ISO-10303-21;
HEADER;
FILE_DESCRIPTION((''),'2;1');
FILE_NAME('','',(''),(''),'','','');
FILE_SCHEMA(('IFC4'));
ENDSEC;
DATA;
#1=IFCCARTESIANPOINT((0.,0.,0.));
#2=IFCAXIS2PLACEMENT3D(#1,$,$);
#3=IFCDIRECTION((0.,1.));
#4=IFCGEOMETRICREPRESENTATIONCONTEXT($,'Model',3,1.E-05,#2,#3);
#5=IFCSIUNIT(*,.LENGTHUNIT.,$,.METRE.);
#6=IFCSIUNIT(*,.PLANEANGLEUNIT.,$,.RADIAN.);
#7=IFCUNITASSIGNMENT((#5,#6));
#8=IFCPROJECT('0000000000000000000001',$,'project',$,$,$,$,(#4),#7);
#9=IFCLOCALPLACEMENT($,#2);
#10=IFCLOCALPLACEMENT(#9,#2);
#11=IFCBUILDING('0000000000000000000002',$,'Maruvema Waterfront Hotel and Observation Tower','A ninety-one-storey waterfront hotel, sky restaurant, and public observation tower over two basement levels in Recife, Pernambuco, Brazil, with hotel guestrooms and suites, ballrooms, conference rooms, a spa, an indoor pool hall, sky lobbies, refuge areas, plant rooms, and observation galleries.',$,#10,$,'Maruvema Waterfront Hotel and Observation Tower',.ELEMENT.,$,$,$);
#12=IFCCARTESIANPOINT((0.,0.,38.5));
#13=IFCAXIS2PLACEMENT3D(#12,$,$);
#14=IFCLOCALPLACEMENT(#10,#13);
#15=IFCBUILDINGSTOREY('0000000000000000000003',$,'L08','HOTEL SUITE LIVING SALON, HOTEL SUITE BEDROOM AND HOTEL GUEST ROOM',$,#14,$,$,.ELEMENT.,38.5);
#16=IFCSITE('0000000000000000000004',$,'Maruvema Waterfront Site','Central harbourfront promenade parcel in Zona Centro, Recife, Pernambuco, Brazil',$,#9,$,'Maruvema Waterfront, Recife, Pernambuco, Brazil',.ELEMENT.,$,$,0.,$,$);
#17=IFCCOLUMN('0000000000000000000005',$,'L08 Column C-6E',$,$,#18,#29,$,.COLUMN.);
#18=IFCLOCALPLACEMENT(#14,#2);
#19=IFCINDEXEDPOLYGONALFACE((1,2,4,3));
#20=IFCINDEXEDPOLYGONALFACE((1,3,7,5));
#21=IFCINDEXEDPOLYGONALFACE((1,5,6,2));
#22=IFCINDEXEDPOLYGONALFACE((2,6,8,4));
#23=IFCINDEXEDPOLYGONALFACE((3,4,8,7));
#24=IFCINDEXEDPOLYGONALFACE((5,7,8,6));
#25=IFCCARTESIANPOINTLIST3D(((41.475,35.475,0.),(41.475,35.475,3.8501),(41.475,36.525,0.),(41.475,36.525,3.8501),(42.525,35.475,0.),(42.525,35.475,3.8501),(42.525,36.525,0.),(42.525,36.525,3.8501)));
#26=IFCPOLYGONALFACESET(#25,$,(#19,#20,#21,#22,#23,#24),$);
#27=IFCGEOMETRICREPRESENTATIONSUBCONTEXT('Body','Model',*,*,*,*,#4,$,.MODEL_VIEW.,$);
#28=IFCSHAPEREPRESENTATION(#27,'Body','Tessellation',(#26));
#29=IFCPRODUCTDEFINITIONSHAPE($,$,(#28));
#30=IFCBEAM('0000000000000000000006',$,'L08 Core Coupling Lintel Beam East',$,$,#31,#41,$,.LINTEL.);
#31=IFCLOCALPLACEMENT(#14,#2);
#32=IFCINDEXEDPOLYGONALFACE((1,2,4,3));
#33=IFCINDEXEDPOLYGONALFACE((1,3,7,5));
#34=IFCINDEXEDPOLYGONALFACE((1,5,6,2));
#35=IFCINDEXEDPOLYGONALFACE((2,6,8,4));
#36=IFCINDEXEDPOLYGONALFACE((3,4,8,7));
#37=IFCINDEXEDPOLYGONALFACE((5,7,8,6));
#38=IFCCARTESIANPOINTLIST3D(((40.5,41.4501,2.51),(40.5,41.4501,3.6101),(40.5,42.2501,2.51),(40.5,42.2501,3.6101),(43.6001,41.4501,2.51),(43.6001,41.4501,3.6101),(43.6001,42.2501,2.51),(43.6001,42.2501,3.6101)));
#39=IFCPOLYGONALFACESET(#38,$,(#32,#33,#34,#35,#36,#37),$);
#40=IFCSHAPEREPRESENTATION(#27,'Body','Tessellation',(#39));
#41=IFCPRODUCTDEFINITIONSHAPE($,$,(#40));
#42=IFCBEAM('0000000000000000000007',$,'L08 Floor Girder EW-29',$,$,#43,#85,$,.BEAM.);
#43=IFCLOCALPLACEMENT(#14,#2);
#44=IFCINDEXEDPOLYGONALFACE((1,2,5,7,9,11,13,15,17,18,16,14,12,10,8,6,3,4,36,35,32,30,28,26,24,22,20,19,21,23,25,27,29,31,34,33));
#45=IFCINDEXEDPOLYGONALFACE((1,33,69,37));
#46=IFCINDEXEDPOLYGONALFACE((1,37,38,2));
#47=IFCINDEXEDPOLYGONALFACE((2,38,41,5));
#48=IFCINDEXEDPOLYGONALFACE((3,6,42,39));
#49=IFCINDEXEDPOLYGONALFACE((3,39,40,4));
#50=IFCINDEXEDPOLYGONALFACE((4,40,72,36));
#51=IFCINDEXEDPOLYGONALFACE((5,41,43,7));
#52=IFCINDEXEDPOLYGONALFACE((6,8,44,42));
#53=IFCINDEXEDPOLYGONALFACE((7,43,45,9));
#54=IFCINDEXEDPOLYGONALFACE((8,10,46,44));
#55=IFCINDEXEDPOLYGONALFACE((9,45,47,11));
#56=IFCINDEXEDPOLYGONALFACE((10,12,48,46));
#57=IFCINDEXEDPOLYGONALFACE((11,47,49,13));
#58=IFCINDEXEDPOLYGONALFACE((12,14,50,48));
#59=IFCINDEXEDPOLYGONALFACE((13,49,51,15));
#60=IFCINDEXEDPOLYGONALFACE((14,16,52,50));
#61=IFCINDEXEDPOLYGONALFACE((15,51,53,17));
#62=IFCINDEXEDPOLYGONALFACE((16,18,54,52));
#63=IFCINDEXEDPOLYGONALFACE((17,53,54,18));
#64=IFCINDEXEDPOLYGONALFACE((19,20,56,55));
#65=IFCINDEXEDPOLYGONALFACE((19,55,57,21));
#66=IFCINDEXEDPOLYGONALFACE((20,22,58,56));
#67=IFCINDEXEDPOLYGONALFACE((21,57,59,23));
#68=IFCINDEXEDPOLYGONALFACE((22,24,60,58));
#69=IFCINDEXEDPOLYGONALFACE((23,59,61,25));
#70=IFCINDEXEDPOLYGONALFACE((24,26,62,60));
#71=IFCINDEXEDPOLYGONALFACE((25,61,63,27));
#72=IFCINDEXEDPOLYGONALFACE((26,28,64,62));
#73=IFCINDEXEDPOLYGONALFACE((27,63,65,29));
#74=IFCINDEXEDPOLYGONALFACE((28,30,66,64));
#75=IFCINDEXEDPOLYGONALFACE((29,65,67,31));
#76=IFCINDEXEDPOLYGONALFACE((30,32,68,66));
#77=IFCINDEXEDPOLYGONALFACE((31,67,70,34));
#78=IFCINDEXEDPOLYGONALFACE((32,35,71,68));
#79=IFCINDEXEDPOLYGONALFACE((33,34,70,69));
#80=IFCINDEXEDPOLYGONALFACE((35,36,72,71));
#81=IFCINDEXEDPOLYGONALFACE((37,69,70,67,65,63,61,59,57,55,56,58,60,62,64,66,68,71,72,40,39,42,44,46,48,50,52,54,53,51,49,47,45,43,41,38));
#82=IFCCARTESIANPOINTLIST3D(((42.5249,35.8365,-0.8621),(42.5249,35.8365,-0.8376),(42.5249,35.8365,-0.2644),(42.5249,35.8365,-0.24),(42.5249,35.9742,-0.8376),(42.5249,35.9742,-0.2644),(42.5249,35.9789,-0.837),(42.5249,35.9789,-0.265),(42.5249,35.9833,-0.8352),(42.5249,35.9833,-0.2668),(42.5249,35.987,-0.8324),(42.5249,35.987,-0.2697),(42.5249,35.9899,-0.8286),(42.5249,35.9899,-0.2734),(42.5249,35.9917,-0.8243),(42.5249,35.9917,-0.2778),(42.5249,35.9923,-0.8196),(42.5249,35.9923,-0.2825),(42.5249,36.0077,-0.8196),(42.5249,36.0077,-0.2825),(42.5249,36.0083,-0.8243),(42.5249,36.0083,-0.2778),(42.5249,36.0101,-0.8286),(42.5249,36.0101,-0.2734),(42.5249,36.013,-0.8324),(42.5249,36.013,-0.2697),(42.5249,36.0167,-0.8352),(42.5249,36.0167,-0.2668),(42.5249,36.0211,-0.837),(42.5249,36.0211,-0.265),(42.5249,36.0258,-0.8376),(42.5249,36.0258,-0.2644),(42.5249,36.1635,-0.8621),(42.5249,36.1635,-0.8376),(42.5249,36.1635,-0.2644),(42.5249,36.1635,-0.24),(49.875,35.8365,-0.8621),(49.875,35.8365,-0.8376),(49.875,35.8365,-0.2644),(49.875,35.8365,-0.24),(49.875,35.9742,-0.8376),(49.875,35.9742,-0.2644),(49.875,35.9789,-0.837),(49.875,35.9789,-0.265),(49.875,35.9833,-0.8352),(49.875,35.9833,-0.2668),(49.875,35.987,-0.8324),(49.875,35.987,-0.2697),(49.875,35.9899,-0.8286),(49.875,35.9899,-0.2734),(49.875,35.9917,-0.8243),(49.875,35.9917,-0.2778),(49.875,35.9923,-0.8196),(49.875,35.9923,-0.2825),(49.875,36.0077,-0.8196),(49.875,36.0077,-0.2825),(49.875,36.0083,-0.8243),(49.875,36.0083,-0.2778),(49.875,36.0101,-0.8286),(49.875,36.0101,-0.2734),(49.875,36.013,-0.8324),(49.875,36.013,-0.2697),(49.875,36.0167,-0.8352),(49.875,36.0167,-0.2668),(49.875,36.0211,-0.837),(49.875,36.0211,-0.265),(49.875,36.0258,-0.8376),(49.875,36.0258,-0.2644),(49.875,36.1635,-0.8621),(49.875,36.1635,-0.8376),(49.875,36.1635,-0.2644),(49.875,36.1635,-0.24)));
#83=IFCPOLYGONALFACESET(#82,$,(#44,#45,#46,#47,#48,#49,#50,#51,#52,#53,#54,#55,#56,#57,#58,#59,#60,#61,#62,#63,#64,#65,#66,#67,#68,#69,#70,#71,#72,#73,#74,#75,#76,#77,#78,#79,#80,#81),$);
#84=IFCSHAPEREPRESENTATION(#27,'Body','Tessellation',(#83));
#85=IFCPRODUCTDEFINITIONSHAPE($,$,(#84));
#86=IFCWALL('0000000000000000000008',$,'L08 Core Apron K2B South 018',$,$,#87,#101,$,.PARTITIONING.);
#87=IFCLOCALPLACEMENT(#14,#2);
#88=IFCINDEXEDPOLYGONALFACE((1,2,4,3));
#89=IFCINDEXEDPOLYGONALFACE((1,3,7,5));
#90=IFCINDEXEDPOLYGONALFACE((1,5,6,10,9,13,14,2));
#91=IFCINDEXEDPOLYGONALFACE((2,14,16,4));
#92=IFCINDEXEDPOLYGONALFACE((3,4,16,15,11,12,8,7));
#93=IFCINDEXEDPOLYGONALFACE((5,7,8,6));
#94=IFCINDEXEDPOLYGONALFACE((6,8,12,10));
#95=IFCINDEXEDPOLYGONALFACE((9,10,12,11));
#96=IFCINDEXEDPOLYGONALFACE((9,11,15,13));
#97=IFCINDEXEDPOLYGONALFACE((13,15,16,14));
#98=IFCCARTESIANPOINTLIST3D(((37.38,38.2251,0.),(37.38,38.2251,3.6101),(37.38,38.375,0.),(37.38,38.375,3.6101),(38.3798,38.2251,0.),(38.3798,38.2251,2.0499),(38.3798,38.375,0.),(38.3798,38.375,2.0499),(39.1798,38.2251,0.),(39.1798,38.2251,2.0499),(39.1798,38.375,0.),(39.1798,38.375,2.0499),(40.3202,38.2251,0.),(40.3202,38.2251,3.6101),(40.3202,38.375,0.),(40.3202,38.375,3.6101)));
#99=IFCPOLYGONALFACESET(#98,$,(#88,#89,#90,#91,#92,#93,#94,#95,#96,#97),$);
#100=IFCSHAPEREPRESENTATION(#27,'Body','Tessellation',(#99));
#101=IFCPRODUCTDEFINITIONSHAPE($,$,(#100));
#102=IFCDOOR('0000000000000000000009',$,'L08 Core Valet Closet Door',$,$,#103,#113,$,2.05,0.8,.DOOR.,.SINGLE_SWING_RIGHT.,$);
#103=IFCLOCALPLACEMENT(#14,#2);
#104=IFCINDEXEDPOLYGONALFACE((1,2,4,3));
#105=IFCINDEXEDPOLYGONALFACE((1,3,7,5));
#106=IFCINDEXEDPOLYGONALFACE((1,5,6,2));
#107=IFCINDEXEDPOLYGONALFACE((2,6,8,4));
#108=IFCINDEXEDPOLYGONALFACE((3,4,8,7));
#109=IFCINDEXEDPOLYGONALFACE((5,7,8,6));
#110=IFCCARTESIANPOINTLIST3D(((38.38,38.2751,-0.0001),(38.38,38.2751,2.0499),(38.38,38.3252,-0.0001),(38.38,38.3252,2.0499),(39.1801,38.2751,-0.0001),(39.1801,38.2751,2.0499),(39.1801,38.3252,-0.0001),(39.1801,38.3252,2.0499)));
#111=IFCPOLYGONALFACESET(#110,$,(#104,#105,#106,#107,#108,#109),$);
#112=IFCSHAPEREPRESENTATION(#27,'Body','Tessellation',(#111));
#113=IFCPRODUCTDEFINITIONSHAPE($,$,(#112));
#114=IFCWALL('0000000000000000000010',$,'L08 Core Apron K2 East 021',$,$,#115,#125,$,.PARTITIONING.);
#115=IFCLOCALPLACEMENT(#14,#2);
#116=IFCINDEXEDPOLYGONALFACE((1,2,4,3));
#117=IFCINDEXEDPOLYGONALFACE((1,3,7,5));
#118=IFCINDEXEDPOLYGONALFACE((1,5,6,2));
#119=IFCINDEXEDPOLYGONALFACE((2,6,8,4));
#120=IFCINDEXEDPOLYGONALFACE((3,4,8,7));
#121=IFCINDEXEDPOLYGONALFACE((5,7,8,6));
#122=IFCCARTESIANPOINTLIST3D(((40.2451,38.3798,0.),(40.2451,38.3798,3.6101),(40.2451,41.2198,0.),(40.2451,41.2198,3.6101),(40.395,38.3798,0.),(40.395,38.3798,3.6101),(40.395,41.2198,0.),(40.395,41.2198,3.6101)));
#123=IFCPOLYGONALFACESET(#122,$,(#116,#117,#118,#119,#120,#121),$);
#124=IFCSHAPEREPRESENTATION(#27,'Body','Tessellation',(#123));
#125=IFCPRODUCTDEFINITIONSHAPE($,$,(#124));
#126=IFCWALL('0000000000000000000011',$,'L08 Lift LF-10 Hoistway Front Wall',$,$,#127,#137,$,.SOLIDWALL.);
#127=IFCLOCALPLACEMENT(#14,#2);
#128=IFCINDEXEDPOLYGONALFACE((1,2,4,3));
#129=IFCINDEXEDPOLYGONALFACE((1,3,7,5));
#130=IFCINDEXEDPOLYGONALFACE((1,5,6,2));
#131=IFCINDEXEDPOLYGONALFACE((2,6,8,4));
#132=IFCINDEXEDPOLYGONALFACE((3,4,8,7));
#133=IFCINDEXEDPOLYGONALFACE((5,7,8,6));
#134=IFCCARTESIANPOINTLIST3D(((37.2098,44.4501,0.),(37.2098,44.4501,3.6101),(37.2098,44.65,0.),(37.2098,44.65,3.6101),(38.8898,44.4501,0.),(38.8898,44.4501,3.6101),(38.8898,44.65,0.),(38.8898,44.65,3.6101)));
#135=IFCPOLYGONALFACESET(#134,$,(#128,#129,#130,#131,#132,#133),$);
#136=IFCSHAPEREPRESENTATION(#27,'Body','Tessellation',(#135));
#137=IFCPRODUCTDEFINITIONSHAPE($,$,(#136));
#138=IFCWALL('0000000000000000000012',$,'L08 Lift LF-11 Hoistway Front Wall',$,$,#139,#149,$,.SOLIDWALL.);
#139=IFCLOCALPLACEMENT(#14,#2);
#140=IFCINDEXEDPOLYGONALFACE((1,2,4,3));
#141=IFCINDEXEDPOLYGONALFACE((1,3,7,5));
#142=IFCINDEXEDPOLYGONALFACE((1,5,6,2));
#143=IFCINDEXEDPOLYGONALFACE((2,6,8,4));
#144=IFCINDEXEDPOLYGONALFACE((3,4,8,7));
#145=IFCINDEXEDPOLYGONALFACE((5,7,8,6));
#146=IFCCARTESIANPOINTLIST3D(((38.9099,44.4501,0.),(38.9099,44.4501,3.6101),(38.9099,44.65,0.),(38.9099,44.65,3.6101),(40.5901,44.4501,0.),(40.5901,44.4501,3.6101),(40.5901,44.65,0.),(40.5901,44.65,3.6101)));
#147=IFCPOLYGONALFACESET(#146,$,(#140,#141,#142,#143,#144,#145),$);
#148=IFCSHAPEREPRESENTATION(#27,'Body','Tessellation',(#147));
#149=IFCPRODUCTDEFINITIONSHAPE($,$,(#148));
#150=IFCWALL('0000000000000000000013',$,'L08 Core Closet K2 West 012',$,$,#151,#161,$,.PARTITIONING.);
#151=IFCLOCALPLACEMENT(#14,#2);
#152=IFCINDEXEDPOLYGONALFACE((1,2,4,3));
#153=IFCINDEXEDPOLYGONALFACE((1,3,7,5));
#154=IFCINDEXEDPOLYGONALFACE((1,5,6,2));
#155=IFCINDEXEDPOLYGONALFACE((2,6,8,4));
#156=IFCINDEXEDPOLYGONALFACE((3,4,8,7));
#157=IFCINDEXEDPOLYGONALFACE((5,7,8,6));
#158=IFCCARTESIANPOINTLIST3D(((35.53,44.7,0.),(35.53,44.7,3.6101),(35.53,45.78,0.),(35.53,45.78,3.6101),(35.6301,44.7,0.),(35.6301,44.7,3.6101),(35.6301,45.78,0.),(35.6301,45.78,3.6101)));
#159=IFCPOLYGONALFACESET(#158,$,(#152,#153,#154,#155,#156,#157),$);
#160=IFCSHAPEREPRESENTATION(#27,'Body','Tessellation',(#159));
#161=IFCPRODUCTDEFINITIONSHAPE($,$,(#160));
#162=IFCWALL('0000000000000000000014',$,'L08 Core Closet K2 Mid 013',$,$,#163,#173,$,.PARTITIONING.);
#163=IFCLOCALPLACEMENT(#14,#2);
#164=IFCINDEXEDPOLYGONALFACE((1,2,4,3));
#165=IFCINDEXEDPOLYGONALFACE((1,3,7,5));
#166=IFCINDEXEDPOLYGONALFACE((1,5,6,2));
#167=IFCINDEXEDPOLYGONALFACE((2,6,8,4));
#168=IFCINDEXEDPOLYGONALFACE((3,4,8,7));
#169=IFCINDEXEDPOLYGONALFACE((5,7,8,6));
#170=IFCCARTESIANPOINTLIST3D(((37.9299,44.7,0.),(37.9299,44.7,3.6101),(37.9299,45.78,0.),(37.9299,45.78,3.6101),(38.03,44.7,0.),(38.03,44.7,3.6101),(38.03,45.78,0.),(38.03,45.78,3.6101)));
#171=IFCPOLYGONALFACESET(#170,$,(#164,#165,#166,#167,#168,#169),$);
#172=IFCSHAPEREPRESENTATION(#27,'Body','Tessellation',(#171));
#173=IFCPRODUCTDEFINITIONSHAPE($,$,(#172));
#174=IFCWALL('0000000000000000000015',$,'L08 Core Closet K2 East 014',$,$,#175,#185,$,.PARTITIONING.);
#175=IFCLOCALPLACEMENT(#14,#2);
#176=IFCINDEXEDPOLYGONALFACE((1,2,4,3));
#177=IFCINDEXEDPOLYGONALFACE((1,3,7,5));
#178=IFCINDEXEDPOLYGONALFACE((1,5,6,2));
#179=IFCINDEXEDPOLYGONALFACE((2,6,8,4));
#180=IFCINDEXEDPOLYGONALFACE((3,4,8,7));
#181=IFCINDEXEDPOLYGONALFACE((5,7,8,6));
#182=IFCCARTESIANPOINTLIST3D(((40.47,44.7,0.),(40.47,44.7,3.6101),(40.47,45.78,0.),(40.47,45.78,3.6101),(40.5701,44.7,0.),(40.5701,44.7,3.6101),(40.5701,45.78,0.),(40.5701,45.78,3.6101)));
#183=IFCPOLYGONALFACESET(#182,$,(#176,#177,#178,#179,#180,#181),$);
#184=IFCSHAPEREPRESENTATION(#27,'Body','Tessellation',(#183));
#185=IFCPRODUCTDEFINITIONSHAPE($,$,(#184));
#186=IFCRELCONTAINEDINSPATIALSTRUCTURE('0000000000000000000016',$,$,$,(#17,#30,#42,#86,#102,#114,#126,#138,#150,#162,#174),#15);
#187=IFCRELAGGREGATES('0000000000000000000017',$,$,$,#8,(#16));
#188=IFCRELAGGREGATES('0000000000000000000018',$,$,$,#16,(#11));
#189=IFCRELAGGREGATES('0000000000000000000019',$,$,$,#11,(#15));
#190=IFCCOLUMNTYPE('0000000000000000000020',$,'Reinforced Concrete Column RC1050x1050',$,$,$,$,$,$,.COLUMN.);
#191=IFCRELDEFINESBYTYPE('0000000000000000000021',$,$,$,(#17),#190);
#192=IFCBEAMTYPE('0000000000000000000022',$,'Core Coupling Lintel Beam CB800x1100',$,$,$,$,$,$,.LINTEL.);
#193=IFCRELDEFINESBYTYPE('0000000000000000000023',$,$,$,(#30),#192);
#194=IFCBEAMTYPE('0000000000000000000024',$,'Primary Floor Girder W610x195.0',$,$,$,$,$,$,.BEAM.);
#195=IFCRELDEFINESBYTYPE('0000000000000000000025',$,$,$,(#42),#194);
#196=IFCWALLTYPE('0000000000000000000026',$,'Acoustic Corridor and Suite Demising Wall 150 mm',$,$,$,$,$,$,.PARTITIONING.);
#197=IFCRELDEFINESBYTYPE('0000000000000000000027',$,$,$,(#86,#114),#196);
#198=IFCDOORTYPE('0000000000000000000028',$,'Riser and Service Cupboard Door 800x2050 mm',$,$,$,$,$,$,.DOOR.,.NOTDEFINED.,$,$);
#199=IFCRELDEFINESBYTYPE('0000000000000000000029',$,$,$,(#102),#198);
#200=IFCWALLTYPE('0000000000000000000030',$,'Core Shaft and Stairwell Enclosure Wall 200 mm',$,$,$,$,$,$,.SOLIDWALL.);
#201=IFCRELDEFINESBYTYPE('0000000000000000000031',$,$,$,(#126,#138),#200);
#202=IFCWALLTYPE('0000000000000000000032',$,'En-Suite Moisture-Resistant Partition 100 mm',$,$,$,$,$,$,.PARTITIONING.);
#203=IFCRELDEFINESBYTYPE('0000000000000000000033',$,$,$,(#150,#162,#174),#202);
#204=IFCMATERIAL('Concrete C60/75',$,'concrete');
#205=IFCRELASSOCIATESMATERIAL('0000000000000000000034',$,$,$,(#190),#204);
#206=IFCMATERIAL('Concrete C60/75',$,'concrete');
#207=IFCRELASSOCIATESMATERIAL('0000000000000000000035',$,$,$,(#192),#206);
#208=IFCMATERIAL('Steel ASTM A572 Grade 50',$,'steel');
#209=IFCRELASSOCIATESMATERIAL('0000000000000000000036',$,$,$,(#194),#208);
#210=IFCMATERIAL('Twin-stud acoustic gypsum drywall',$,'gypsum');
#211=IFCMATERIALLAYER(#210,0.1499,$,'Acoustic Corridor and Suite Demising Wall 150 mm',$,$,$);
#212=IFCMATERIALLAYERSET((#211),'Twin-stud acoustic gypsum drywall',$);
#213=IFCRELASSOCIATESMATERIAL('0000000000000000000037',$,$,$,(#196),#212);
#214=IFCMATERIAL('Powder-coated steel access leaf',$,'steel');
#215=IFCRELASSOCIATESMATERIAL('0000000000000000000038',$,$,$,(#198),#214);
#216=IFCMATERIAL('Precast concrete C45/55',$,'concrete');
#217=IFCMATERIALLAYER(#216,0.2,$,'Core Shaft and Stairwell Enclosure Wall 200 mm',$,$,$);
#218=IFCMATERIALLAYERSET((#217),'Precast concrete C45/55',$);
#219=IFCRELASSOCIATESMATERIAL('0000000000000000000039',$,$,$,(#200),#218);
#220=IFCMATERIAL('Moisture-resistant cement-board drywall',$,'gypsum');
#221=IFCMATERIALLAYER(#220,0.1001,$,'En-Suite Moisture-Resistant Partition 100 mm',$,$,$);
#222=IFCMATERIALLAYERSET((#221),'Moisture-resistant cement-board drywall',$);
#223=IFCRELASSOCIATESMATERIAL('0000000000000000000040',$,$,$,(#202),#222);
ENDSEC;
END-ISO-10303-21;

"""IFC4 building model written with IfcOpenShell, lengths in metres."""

from ifc_helpers import new_model, si_unit, direction, frame, frame_2d, origin, origin_2d, place, context, subcontext, project, spatial, rectangle, i_section, extrude, material, layer, layer_set, material_profile, profile_set, type_object, element, fill, save


model = new_model("IFC4")

# Units and contexts
model_context = context("Model", 3, precision=1e-05, world=origin(), true_north=direction((0.0, 1.0)))
body_context = subcontext(model_context, "Body", "Model", "MODEL_VIEW")
ifc_project = project(units=[si_unit("LENGTHUNIT", "METRE"), si_unit("PLANEANGLEUNIT", "RADIAN")], contexts=[model_context])

# Site, building, storey
site_placement = place(None, origin())
site = spatial("IfcSite", under=ifc_project, at=site_placement, Name="Maruvema Waterfront Site", Description="Central harbourfront promenade parcel in Zona Centro, Recife, Pernambuco, Brazil", LongName="Maruvema Waterfront, Recife, Pernambuco, Brazil", CompositionType="ELEMENT", RefElevation=0.0)
building_placement = place(site_placement, origin())
building = spatial("IfcBuilding", under=site, at=building_placement, Name="Maruvema Waterfront Hotel and Observation Tower", Description="A ninety-one-storey waterfront hotel, sky restaurant, and public observation tower over two basement levels in Recife, Pernambuco, Brazil, with hotel guestrooms and suites, ballrooms, conference rooms, a spa, an indoor pool hall, sky lobbies, refuge areas, plant rooms, and observation galleries.", LongName="Maruvema Waterfront Hotel and Observation Tower", CompositionType="ELEMENT")
storey_placement = place(building_placement, frame((0.0, 0.0, 38.5)))
storey = spatial("IfcBuildingStorey", under=building, at=storey_placement, Name="L08", Description="HOTEL SUITE LIVING SALON, HOTEL SUITE BEDROOM AND HOTEL GUEST ROOM", CompositionType="ELEMENT", Elevation=38.5)

# Column
ifc_material_1 = material(Name="Concrete C60/75", Category="concrete")
ifc_material_profile_1 = material_profile(ifc_material_1, rectangle(XDim=1.05, YDim=1.05, at=origin_2d()), Name="RC1050x1050")
ifc_profile_set_1 = profile_set([ifc_material_profile_1], Name="Concrete C60/75")
column_type = type_object("IfcColumnType", Name="Reinforced Concrete Column RC1050x1050", PredefinedType="COLUMN", material=ifc_profile_set_1)
column_placement = place(storey_placement, frame((42.0, 36.0, 0.0), z_axis=(0.0, 0.0, 1.0), x_axis=(1.0, 0.0, 0.0)))
element("IfcColumn", 1, at=column_placement, inside=storey, type_object=column_type, Name="L08 Column C-6E", PredefinedType="COLUMN", context=body_context, shape_type="SweptSolid", body=[
    extrude(rectangle(XDim=1.05, YDim=1.05, at=origin_2d()), origin(), (0.0, 0.0, 1.0), 3.8501),
])

# Beams
ifc_material_2 = material(Name="Concrete C60/75", Category="concrete")
ifc_material_profile_2 = material_profile(ifc_material_2, rectangle(XDim=0.8, YDim=1.1001, at=origin_2d()), Name="CB800x1100")
ifc_profile_set_2 = profile_set([ifc_material_profile_2], Name="Concrete C60/75")
beam_type_1 = type_object("IfcBeamType", Name="Core Coupling Lintel Beam CB800x1100", PredefinedType="LINTEL", material=ifc_profile_set_2)
beam_1_placement = place(storey_placement, frame((40.5, 41.8501, 3.0601), z_axis=(1.0, 0.0, 0.0), x_axis=(0.0, 1.0, 0.0)))
element("IfcBeam", 2, at=beam_1_placement, inside=storey, type_object=beam_type_1, Name="L08 Core Coupling Lintel Beam East", PredefinedType="LINTEL", context=body_context, shape_type="SweptSolid", body=[
    extrude(rectangle(XDim=0.8, YDim=1.1001, at=origin_2d()), origin(), (0.0, 0.0, 1.0), 3.1001),
])
ifc_material_3 = material(Name="Steel ASTM A572 Grade 50", Category="steel")
ifc_material_profile_3 = material_profile(ifc_material_3, i_section(OverallWidth=0.3269, OverallDepth=0.6221, WebThickness=0.0154, FlangeThickness=0.0244, FilletRadius=0.0181, at=origin_2d()), Name="W610x195.0")
ifc_profile_set_3 = profile_set([ifc_material_profile_3], Name="Steel ASTM A572 Grade 50")
beam_type_2 = type_object("IfcBeamType", Name="Primary Floor Girder W610x195.0", PredefinedType="BEAM", material=ifc_profile_set_3)
beam_2_placement = place(storey_placement, frame((42.5249, 36.0, -0.551), z_axis=(1.0, 0.0, 0.0), x_axis=(0.0, 1.0, 0.0)))
element("IfcBeam", 3, at=beam_2_placement, inside=storey, type_object=beam_type_2, Name="L08 Floor Girder EW-29", PredefinedType="BEAM", context=body_context, shape_type="SweptSolid", body=[
    extrude(i_section(OverallWidth=0.3269, OverallDepth=0.6221, WebThickness=0.0154, FlangeThickness=0.0244, FilletRadius=0.0181, at=origin_2d()), origin(), (0.0, 0.0, 1.0), 7.3501),
])

# Wall, opening, door
ifc_material_4 = material(Name="Twin-stud acoustic gypsum drywall", Category="gypsum")
ifc_layer_1 = layer(ifc_material_4, 0.1499, Name="Acoustic Corridor and Suite Demising Wall 150 mm")
ifc_layer_set_1 = layer_set([ifc_layer_1], Name="Twin-stud acoustic gypsum drywall")
wall_type_1 = type_object("IfcWallType", Name="Acoustic Corridor and Suite Demising Wall 150 mm", PredefinedType="PARTITIONING", material=ifc_layer_set_1)
wall_1_placement = place(storey_placement, frame((37.3799, 38.3, 0.0), z_axis=(0.0, 0.0, 1.0), x_axis=(1.0, 0.0, 0.0)))
wall_1 = element("IfcWall", 4, at=wall_1_placement, inside=storey, type_object=wall_type_1, Name="L08 Core Apron K2B South 018", PredefinedType="PARTITIONING", context=body_context, shape_type="SweptSolid", body=[
    extrude(rectangle(XDim=2.9402, YDim=0.1499, at=frame_2d((1.4702, 0.0))), origin(), (0.0, 0.0, 1.0), 3.6101),
])
opening_1_placement = place(wall_1_placement, frame((1.0, 0.0, 0.0)))
opening_1 = element("IfcOpeningElement", 5, at=opening_1_placement, cuts=wall_1, PredefinedType="OPENING", context=body_context, shape_type="SweptSolid", body=[
    extrude(rectangle(XDim=0.8, YDim=2.05, at=frame_2d((0.3999, 1.0249))), frame((0.0, 0.085, 0.0), z_axis=(0.0, -1.0, 0.0), x_axis=(1.0, 0.0, 0.0)), (0.0, 0.0, 1.0), 0.1699),
])
ifc_material_5 = material(Name="Powder-coated steel access leaf", Category="steel")
door_type = type_object("IfcDoorType", Name="Riser and Service Cupboard Door 800x2050 mm", OperationType="NOTDEFINED", PredefinedType="DOOR", material=ifc_material_5)
door_1_placement = place(opening_1_placement, frame((0.8, 0.0, 0.0), z_axis=(0.0, 0.0, 1.0), x_axis=(-1.0, 0.0, 0.0)))
door_1 = element("IfcDoor", 6, at=door_1_placement, inside=storey, type_object=door_type, Name="L08 Core Valet Closet Door", OperationType="SINGLE_SWING_RIGHT", OverallHeight=2.05, OverallWidth=0.8, PredefinedType="DOOR", context=body_context, shape_type="SweptSolid", body=[
    extrude(rectangle(XDim=0.8, YDim=2.05, at=frame_2d((0.3999, 1.0249))), frame((0.0, 0.0249, 0.0), z_axis=(0.0, -1.0, 0.0), x_axis=(1.0, 0.0, 0.0)), (0.0, 0.0, 1.0), 0.05),
])
fill(opening_1, door_1)

# Walls
wall_2_placement = place(storey_placement, frame((40.3201, 38.3799, 0.0), z_axis=(0.0, 0.0, 1.0), x_axis=(0.0, 1.0, 0.0)))
element("IfcWall", 7, at=wall_2_placement, inside=storey, type_object=wall_type_1, Name="L08 Core Apron K2 East 021", PredefinedType="PARTITIONING", context=body_context, shape_type="SweptSolid", body=[
    extrude(rectangle(XDim=2.8401, YDim=0.1499, at=frame_2d((1.4199, 0.0))), origin(), (0.0, 0.0, 1.0), 3.6101),
])
ifc_material_6 = material(Name="Precast concrete C45/55", Category="concrete")
ifc_layer_2 = layer(ifc_material_6, 0.2, Name="Core Shaft and Stairwell Enclosure Wall 200 mm")
ifc_layer_set_2 = layer_set([ifc_layer_2], Name="Precast concrete C45/55")
wall_type_2 = type_object("IfcWallType", Name="Core Shaft and Stairwell Enclosure Wall 200 mm", PredefinedType="SOLIDWALL", material=ifc_layer_set_2)
wall_3_placement = place(storey_placement, frame((37.21, 44.55, 0.0), z_axis=(0.0, 0.0, 1.0), x_axis=(1.0, 0.0, 0.0)))
element("IfcWall", 8, at=wall_3_placement, inside=storey, type_object=wall_type_2, Name="L08 Lift LF-10 Hoistway Front Wall", PredefinedType="SOLIDWALL", context=body_context, shape_type="SweptSolid", body=[
    extrude(rectangle(XDim=1.6799, YDim=0.2, at=frame_2d((0.8398, 0.0))), origin(), (0.0, 0.0, 1.0), 3.6101),
])
wall_4_placement = place(storey_placement, frame((38.9099, 44.55, 0.0), z_axis=(0.0, 0.0, 1.0), x_axis=(1.0, 0.0, 0.0)))
element("IfcWall", 9, at=wall_4_placement, inside=storey, type_object=wall_type_2, Name="L08 Lift LF-11 Hoistway Front Wall", PredefinedType="SOLIDWALL", context=body_context, shape_type="SweptSolid", body=[
    extrude(rectangle(XDim=1.6802, YDim=0.2, at=frame_2d((0.8401, 0.0))), origin(), (0.0, 0.0, 1.0), 3.6101),
])
ifc_material_7 = material(Name="Moisture-resistant cement-board drywall", Category="gypsum")
ifc_layer_3 = layer(ifc_material_7, 0.1001, Name="En-Suite Moisture-Resistant Partition 100 mm")
ifc_layer_set_3 = layer_set([ifc_layer_3], Name="Moisture-resistant cement-board drywall")
wall_type_3 = type_object("IfcWallType", Name="En-Suite Moisture-Resistant Partition 100 mm", PredefinedType="PARTITIONING", material=ifc_layer_set_3)
for number, where, z_axis, x_axis, name in (
    (10, (35.5801, 44.7, 0.0), (0.0, 0.0, 1.0), (0.0, 1.0, 0.0), "L08 Core Closet K2 West 012"),
    (11, (37.98, 44.7, 0.0), (0.0, 0.0, 1.0), (0.0, 1.0, 0.0), "L08 Core Closet K2 Mid 013"),
    (12, (40.52, 44.7, 0.0), (0.0, 0.0, 1.0), (0.0, 1.0, 0.0), "L08 Core Closet K2 East 014"),
):
    element("IfcWall", number, at=place(storey_placement, frame(where, z_axis=z_axis, x_axis=x_axis)), inside=storey, type_object=wall_type_3, Name=name, PredefinedType="PARTITIONING", context=body_context, shape_type="SweptSolid", body=[
        extrude(rectangle(XDim=1.0801, YDim=0.1001, at=frame_2d((0.54, 0.0))), origin(), (0.0, 0.0, 1.0), 3.6101),
    ])

save(model, "model.ifc")
